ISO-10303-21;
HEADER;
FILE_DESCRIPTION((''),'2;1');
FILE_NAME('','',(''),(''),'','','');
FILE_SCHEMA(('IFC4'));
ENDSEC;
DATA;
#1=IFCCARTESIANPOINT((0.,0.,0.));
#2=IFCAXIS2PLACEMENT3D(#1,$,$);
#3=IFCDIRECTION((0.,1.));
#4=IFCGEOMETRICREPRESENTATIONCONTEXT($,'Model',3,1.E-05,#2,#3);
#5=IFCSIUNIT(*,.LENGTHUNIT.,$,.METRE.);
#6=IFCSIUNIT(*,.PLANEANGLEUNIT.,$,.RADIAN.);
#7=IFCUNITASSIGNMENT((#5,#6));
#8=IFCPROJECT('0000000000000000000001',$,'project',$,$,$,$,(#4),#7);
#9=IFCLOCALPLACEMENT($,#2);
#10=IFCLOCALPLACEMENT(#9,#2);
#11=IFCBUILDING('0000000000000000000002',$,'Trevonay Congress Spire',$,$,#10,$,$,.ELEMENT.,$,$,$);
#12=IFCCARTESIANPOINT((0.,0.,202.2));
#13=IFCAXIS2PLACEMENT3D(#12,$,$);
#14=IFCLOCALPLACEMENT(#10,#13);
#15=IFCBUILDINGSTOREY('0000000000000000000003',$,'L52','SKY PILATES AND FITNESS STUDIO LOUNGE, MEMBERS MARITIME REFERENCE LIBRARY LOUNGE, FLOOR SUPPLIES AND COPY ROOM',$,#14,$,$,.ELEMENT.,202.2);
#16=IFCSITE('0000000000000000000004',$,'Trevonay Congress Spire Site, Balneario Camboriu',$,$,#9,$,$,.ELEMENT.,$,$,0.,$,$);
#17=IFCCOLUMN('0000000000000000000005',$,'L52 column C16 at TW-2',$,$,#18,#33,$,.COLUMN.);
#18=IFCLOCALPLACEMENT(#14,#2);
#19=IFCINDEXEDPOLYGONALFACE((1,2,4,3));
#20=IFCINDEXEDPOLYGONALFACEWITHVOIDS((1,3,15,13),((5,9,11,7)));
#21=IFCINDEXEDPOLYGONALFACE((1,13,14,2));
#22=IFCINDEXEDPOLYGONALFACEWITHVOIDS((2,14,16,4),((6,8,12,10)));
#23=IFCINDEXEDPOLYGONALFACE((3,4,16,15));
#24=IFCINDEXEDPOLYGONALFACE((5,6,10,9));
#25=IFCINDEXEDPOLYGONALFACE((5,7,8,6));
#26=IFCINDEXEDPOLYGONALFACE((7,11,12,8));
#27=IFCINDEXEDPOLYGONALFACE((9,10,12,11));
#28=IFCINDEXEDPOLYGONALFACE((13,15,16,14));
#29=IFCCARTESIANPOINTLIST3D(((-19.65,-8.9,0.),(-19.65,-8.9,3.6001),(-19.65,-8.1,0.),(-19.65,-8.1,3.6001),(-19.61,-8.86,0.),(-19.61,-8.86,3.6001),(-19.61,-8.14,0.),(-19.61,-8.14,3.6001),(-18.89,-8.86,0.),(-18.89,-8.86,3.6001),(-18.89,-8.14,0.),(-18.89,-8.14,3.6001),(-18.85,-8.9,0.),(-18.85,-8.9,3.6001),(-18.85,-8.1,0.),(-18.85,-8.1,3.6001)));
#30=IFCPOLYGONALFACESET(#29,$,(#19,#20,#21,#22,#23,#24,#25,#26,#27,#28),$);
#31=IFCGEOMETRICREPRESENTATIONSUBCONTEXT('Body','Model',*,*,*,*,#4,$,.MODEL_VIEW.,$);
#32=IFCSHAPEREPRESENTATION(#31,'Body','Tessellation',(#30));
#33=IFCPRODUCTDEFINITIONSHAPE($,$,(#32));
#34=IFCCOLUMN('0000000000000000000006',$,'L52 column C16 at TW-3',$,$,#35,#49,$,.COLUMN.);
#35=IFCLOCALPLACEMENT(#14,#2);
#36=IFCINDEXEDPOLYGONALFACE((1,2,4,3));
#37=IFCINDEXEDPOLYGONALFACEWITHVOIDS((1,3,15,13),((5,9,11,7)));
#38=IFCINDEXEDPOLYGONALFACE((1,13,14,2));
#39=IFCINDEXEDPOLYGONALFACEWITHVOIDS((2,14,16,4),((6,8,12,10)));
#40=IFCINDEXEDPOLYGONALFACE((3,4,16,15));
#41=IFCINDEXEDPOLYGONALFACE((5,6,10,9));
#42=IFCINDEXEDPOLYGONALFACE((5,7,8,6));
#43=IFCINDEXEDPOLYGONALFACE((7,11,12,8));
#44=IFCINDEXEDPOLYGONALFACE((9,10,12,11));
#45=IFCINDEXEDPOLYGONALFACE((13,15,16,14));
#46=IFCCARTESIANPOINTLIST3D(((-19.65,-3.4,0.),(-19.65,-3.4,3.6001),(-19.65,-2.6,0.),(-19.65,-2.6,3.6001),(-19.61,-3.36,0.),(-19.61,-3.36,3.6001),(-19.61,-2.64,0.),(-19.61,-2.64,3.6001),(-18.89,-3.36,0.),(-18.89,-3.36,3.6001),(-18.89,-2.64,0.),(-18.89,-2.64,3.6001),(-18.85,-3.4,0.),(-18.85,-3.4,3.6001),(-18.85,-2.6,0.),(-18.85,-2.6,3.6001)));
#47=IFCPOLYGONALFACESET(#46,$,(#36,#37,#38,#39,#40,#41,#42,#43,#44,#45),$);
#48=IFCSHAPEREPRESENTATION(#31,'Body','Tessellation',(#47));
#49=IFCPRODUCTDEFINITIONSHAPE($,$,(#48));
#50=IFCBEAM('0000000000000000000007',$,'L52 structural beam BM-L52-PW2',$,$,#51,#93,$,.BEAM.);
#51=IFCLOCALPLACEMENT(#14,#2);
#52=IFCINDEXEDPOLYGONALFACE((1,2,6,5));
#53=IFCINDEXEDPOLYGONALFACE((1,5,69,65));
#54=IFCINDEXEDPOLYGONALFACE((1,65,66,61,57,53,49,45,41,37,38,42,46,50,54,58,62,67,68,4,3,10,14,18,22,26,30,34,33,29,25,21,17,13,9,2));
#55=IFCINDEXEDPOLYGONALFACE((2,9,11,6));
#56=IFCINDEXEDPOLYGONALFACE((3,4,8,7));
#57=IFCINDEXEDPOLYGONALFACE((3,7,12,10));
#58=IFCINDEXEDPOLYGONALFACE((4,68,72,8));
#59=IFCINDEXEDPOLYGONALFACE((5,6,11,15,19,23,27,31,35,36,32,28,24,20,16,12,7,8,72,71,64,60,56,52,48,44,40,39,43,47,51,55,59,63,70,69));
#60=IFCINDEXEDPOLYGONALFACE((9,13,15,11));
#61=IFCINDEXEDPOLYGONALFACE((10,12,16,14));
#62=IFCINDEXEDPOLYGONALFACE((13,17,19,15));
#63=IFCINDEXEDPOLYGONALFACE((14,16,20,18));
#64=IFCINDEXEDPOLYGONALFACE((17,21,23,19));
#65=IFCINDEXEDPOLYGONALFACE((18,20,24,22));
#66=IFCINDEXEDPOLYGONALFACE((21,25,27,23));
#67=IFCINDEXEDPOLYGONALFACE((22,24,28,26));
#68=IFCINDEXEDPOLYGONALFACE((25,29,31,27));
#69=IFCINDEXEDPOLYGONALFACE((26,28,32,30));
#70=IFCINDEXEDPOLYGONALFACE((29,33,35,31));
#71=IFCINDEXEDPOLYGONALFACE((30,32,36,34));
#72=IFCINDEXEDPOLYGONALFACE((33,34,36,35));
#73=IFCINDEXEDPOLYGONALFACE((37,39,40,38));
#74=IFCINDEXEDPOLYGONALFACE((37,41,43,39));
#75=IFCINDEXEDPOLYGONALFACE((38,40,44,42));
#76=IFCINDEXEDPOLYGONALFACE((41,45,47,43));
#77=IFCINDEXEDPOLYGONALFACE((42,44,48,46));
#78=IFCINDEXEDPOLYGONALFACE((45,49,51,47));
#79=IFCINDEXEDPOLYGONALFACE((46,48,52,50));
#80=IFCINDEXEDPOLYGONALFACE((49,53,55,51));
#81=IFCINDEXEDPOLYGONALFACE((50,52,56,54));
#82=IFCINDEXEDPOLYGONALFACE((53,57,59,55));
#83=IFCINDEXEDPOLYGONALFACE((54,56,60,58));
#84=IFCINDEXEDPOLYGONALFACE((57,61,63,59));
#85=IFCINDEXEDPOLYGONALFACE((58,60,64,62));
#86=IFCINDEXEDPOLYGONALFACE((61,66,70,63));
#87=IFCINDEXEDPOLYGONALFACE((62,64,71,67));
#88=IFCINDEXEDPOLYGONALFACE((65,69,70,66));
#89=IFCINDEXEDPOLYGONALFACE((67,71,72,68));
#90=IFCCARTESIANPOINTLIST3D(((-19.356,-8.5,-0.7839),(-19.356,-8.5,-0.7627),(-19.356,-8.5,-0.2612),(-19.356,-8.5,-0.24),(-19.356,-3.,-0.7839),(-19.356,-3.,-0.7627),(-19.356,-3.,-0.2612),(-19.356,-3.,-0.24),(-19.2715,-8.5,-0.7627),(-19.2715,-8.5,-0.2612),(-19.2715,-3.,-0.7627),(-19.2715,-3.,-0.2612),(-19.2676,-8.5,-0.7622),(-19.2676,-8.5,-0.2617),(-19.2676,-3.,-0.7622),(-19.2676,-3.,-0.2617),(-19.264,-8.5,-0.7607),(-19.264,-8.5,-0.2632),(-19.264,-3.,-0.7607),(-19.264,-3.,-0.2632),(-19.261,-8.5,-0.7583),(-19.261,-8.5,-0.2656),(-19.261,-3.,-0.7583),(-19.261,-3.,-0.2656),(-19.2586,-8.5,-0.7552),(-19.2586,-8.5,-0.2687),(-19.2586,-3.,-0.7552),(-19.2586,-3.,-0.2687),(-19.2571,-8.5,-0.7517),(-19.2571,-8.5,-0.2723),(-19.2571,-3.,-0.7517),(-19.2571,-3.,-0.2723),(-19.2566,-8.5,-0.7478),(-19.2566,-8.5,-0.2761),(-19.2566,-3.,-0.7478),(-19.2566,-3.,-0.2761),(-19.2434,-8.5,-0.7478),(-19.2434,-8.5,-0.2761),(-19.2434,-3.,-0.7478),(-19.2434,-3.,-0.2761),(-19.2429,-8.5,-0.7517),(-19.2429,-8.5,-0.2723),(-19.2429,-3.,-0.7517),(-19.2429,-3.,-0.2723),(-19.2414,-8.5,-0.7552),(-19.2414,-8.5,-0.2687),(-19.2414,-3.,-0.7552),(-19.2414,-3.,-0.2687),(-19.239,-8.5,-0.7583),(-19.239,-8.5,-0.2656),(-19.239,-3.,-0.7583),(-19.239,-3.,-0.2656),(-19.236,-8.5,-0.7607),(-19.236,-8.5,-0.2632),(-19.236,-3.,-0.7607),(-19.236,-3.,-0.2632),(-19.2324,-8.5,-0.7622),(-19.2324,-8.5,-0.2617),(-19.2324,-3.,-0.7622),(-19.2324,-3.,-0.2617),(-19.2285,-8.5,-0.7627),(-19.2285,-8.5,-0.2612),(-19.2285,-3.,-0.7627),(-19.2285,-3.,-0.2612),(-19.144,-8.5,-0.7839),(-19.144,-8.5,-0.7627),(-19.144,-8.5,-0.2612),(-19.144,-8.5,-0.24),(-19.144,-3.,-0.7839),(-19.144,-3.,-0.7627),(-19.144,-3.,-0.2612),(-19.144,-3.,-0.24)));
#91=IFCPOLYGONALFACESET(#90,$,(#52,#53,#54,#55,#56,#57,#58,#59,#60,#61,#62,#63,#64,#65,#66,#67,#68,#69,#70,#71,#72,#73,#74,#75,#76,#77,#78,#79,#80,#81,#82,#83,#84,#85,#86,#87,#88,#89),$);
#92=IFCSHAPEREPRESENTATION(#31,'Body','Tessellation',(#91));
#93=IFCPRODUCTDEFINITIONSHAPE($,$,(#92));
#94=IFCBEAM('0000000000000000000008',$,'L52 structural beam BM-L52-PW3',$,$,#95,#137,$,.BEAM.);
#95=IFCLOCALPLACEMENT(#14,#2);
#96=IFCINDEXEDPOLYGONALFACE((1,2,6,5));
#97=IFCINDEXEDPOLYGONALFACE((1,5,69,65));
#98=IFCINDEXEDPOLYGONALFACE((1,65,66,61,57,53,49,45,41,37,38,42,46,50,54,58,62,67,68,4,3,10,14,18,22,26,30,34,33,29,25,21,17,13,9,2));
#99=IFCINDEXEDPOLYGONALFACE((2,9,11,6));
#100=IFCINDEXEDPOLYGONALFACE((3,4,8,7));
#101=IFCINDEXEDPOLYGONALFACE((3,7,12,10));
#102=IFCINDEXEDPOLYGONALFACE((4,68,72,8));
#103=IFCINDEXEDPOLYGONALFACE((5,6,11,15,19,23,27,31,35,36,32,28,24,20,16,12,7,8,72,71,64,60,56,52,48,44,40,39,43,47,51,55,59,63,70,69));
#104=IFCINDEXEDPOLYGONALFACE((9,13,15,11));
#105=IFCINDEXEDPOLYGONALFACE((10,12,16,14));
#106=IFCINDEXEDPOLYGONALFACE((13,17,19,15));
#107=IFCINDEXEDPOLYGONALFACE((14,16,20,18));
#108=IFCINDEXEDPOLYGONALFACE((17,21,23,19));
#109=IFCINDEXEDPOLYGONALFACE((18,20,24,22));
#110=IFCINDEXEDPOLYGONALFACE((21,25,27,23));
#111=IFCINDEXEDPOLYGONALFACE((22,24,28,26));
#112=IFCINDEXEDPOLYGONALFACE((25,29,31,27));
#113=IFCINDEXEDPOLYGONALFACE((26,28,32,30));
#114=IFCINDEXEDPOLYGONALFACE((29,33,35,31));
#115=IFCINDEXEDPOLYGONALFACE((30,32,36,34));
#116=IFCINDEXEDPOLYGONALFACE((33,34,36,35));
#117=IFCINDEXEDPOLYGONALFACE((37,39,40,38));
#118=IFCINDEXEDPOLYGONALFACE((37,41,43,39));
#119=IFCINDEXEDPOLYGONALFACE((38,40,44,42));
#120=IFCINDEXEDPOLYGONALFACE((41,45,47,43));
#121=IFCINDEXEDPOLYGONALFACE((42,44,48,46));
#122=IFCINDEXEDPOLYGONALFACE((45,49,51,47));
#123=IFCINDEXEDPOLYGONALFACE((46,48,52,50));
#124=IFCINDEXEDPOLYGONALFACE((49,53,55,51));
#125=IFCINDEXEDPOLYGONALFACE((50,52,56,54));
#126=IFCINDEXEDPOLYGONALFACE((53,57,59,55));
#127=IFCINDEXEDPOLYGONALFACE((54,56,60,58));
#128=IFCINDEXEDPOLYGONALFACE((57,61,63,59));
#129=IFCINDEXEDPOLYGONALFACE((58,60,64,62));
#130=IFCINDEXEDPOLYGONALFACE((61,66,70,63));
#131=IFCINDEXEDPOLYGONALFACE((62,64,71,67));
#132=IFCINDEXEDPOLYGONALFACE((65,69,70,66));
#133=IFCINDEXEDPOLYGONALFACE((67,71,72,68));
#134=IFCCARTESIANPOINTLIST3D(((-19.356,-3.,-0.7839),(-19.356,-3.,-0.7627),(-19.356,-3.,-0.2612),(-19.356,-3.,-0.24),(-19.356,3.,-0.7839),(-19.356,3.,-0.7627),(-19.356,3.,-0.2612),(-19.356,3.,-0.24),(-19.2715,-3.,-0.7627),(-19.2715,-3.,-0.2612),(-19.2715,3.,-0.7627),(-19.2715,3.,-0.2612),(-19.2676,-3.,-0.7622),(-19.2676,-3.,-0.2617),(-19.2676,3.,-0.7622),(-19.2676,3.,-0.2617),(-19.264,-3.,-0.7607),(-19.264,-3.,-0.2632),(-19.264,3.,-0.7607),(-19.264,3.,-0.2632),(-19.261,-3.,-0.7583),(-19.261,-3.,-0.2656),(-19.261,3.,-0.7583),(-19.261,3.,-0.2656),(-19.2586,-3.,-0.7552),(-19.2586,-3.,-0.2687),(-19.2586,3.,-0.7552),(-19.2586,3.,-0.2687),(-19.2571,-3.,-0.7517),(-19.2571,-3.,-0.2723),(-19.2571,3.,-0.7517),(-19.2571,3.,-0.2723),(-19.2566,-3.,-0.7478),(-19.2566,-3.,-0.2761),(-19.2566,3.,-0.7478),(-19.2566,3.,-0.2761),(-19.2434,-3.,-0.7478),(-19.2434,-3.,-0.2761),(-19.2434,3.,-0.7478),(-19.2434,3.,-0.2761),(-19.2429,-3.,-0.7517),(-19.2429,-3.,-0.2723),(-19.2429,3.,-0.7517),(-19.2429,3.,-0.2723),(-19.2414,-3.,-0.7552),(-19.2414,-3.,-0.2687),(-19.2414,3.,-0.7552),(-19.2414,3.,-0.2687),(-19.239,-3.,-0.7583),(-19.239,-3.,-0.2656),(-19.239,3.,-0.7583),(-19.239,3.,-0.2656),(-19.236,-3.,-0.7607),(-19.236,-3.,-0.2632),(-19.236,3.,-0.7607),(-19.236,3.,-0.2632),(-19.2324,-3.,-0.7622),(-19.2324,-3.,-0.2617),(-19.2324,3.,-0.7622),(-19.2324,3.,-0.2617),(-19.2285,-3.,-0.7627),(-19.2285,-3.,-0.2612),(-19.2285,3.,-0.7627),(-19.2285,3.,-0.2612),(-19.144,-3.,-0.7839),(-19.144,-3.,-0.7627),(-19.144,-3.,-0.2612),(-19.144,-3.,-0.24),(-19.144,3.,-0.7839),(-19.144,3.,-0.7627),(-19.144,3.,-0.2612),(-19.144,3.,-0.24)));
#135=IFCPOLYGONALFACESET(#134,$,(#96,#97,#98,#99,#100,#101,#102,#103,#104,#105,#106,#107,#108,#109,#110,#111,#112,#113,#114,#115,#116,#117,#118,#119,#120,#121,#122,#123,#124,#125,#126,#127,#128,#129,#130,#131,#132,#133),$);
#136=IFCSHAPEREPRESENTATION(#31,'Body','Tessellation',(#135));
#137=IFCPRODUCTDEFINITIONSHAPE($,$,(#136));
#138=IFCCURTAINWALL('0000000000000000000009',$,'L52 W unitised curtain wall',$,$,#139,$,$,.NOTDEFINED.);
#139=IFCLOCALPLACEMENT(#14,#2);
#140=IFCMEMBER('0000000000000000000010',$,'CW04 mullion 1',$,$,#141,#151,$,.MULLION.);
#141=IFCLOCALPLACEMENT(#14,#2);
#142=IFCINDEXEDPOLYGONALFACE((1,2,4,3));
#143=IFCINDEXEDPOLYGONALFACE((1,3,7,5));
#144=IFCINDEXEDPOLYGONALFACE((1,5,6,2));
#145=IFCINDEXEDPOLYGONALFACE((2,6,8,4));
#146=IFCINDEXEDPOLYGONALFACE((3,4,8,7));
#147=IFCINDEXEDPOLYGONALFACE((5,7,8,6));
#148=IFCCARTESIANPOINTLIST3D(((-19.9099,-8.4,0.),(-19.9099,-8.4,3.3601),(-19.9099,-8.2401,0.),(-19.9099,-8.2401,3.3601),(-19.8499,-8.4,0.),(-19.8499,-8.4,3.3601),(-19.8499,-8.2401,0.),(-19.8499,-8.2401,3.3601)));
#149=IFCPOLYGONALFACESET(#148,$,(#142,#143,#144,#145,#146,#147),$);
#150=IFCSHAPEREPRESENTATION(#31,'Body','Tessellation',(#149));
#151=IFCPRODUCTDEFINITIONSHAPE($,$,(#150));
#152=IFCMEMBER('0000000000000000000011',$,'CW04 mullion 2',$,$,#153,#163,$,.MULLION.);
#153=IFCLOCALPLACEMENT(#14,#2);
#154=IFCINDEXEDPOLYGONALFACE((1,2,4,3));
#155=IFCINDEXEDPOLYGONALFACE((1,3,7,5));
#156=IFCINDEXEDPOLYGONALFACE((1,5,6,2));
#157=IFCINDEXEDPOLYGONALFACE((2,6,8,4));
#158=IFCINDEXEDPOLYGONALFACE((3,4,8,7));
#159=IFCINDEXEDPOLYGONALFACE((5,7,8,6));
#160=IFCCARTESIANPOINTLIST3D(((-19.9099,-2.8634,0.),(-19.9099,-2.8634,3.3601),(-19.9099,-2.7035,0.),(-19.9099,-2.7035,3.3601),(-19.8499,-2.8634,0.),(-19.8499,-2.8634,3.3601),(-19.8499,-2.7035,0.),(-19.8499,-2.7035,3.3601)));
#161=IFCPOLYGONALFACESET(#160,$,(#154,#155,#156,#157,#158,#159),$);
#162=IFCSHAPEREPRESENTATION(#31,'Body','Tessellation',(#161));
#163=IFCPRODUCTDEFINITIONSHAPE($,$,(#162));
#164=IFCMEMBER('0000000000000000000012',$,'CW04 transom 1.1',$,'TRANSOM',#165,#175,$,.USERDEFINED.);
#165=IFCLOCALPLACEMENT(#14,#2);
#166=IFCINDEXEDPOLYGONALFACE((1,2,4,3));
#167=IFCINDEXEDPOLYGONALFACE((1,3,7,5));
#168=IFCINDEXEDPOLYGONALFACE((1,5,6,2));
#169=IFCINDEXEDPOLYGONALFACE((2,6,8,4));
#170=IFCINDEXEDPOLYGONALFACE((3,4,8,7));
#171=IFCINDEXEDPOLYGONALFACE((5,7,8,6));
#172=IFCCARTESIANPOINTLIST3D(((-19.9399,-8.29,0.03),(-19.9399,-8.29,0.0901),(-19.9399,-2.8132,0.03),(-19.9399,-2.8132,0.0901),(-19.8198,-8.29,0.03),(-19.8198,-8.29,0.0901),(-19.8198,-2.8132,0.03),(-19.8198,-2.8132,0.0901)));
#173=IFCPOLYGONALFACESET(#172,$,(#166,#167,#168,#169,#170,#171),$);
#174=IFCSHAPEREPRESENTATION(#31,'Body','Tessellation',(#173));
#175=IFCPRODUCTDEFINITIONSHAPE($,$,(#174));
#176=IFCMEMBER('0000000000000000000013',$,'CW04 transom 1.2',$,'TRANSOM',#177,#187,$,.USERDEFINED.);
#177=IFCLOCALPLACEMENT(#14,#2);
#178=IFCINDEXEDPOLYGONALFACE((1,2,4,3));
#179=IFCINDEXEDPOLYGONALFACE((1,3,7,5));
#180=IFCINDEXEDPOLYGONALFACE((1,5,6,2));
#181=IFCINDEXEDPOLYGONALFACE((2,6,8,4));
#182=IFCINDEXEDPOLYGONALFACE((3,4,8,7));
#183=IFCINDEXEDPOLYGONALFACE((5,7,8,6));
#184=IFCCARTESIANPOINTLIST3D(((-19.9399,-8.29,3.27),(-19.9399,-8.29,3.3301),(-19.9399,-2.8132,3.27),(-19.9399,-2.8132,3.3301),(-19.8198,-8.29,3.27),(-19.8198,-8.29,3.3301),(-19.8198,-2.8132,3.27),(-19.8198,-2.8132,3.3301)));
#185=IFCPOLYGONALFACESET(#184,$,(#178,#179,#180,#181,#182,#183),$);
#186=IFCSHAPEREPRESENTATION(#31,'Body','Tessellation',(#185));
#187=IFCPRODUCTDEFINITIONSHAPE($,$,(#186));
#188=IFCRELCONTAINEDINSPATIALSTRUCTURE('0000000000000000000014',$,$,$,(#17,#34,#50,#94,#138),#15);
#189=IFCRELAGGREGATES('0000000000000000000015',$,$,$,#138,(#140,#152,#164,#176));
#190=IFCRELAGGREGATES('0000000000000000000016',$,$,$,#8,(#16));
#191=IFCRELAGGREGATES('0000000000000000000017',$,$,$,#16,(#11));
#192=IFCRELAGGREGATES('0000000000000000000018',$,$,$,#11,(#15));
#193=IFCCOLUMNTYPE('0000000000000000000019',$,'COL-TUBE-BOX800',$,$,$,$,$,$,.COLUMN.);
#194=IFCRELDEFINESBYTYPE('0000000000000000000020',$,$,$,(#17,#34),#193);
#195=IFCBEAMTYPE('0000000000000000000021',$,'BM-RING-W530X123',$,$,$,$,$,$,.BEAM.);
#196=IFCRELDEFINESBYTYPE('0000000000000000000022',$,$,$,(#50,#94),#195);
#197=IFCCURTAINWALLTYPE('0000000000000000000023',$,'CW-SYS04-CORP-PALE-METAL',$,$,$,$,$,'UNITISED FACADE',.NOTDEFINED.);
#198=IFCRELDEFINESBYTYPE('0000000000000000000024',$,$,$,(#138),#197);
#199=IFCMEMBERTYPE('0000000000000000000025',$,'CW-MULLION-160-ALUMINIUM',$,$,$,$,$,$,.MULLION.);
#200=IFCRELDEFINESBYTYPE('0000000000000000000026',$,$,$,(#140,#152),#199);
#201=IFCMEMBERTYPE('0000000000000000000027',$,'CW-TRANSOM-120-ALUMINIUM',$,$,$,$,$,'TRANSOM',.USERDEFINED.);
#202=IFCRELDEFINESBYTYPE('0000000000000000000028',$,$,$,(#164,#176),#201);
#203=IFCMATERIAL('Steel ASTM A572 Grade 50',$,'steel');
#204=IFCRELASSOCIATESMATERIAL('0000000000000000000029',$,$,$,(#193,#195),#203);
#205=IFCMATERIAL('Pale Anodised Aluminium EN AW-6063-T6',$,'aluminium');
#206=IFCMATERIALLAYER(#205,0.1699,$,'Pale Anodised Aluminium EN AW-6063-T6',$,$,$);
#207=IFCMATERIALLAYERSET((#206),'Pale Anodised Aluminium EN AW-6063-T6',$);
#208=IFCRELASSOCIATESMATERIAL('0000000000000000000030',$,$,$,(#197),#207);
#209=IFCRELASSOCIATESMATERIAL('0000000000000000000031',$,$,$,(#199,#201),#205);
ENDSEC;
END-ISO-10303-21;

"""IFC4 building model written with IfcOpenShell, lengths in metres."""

from ifc_helpers import new_model, si_unit, direction, frame, origin, origin_2d, place, context, subcontext, project, spatial, rectangle, hollow_rectangle, i_section, extrude, material, layer, layer_set, material_profile, profile_set, type_object, element, aggregate, save


model = new_model("IFC4")

# Units and contexts
model_context = context("Model", 3, precision=1e-05, world=origin(), true_north=direction((0.0, 1.0)))
body_context = subcontext(model_context, "Body", "Model", "MODEL_VIEW")
ifc_project = project(units=[si_unit("LENGTHUNIT", "METRE"), si_unit("PLANEANGLEUNIT", "RADIAN")], contexts=[model_context])

# Site, building, storey
site_placement = place(None, origin())
site = spatial("IfcSite", under=ifc_project, at=site_placement, Name="Trevonay Congress Spire Site, Balneario Camboriu", CompositionType="ELEMENT", RefElevation=0.0)
building_placement = place(site_placement, origin())
building = spatial("IfcBuilding", under=site, at=building_placement, Name="Trevonay Congress Spire", CompositionType="ELEMENT")
storey_placement = place(building_placement, frame((0.0, 0.0, 202.2)))
storey = spatial("IfcBuildingStorey", under=building, at=storey_placement, Name="L52", Description="SKY PILATES AND FITNESS STUDIO LOUNGE, MEMBERS MARITIME REFERENCE LIBRARY LOUNGE, FLOOR SUPPLIES AND COPY ROOM", CompositionType="ELEMENT", Elevation=202.2)

# Columns
ifc_material_1 = material(Name="Steel ASTM A572 Grade 50", Category="steel")
ifc_material_profile_1 = material_profile(ifc_material_1, hollow_rectangle(XDim=0.8, YDim=0.8, WallThickness=0.04, at=origin_2d()), Name="BOX 800x800x40")
ifc_profile_set_1 = profile_set([ifc_material_profile_1], Name="Steel ASTM A572 Grade 50")
column_type = type_object("IfcColumnType", Name="COL-TUBE-BOX800", PredefinedType="COLUMN", material=ifc_profile_set_1)
for number, where, z_axis, x_axis, name in (
    (1, (-19.25, -8.5, 0.0), (0.0, 0.0, 1.0), (1.0, 0.0, 0.0), "L52 column C16 at TW-2"),
    (2, (-19.25, -3.0, 0.0), (0.0, 0.0, 1.0), (1.0, 0.0, 0.0), "L52 column C16 at TW-3"),
):
    element("IfcColumn", number, at=place(storey_placement, frame(where, z_axis=z_axis, x_axis=x_axis)), inside=storey, type_object=column_type, Name=name, PredefinedType="COLUMN", context=body_context, shape_type="SweptSolid", body=[
        extrude(hollow_rectangle(XDim=0.8, YDim=0.8, WallThickness=0.04, at=origin_2d()), origin(), (0.0, 0.0, 1.0), 3.6001),
    ])

# Beams
ifc_material_profile_2 = material_profile(ifc_material_1, i_section(OverallWidth=0.2119, OverallDepth=0.5439, WebThickness=0.0132, FlangeThickness=0.0212, FilletRadius=0.0149, at=origin_2d()), Name="W530x123")
ifc_profile_set_2 = profile_set([ifc_material_profile_2], Name="Steel ASTM A572 Grade 50")
beam_type_1 = type_object("IfcBeamType", Name="BM-RING-W530X123", PredefinedType="BEAM", material=ifc_profile_set_2)
beam_1_placement = place(storey_placement, frame((-19.25, -8.5, -0.512), z_axis=(0.0, 1.0, 0.0), x_axis=(-1.0, 0.0, 0.0)))
element("IfcBeam", 3, at=beam_1_placement, inside=storey, type_object=beam_type_1, Name="L52 structural beam BM-L52-PW2", PredefinedType="BEAM", context=body_context, shape_type="SweptSolid", body=[
    extrude(i_section(OverallWidth=0.2119, OverallDepth=0.5439, WebThickness=0.0132, FlangeThickness=0.0212, FilletRadius=0.0149, at=origin_2d()), origin(), (0.0, 0.0, 1.0), 5.5),
])
beam_2_placement = place(storey_placement, frame((-19.25, -3.0, -0.512), z_axis=(0.0, 1.0, 0.0), x_axis=(-1.0, 0.0, 0.0)))
element("IfcBeam", 4, at=beam_2_placement, inside=storey, type_object=beam_type_1, Name="L52 structural beam BM-L52-PW3", PredefinedType="BEAM", context=body_context, shape_type="SweptSolid", body=[
    extrude(i_section(OverallWidth=0.2119, OverallDepth=0.5439, WebThickness=0.0132, FlangeThickness=0.0212, FilletRadius=0.0149, at=origin_2d()), origin(), (0.0, 0.0, 1.0), 6.0),
])

# Curtain wall, members
ifc_material_2 = material(Name="Pale Anodised Aluminium EN AW-6063-T6", Category="aluminium")
ifc_layer_1 = layer(ifc_material_2, 0.1699, Name="Pale Anodised Aluminium EN AW-6063-T6")
ifc_layer_set_1 = layer_set([ifc_layer_1], Name="Pale Anodised Aluminium EN AW-6063-T6")
curtain_wall_type = type_object("IfcCurtainWallType", Name="CW-SYS04-CORP-PALE-METAL", ElementType="UNITISED FACADE", PredefinedType="NOTDEFINED", material=ifc_layer_set_1)
curtain_wall_placement = place(storey_placement, origin())
curtain_wall = element("IfcCurtainWall", 5, at=curtain_wall_placement, inside=storey, type_object=curtain_wall_type, Name="L52 W unitised curtain wall", PredefinedType="NOTDEFINED")
ifc_material_profile_3 = material_profile(ifc_material_2, rectangle(XDim=0.0601, YDim=0.1599, at=origin_2d()), Name="CW-MULLION-160-ALUMINIUM")
ifc_profile_set_3 = profile_set([ifc_material_profile_3], Name="Pale Anodised Aluminium EN AW-6063-T6")
member_type_1 = type_object("IfcMemberType", Name="CW-MULLION-160-ALUMINIUM", PredefinedType="MULLION", material=ifc_profile_set_3)
member_1_placement = place(storey_placement, frame((-19.8799, -8.3201, 0.0), z_axis=(0.0, 0.0, 1.0), x_axis=(-1.0, 0.0, 0.0)))
member_1 = element("IfcMember", 6, at=member_1_placement, type_object=member_type_1, Name="CW04 mullion 1", PredefinedType="MULLION", context=body_context, shape_type="SweptSolid", body=[
    extrude(rectangle(XDim=0.0601, YDim=0.1599, at=origin_2d()), origin(), (0.0, 0.0, 1.0), 3.3601),
])
member_2_placement = place(storey_placement, frame((-19.8799, -2.7834, 0.0), z_axis=(0.0, 0.0, 1.0), x_axis=(-1.0, 0.0, 0.0)))
member_2 = element("IfcMember", 7, at=member_2_placement, type_object=member_type_1, Name="CW04 mullion 2", PredefinedType="MULLION", context=body_context, shape_type="SweptSolid", body=[
    extrude(rectangle(XDim=0.0601, YDim=0.1599, at=origin_2d()), origin(), (0.0, 0.0, 1.0), 3.3601),
])
ifc_material_profile_4 = material_profile(ifc_material_2, rectangle(XDim=0.1201, YDim=0.0601, at=origin_2d()), Name="CW-TRANSOM-120-ALUMINIUM")
ifc_profile_set_4 = profile_set([ifc_material_profile_4], Name="Pale Anodised Aluminium EN AW-6063-T6")
member_type_2 = type_object("IfcMemberType", Name="CW-TRANSOM-120-ALUMINIUM", ElementType="TRANSOM", PredefinedType="USERDEFINED", material=ifc_profile_set_4)
member_3_placement = place(storey_placement, frame((-19.8799, -8.29, 0.0601), z_axis=(0.0, 1.0, 0.0), x_axis=(-1.0, 0.0, 0.0)))
member_3 = element("IfcMember", 8, at=member_3_placement, type_object=member_type_2, Name="CW04 transom 1.1", ObjectType="TRANSOM", PredefinedType="USERDEFINED", context=body_context, shape_type="SweptSolid", body=[
    extrude(rectangle(XDim=0.1201, YDim=0.0601, at=origin_2d()), origin(), (0.0, 0.0, 1.0), 5.4768),
])
member_4_placement = place(storey_placement, frame((-19.8799, -8.29, 3.3), z_axis=(0.0, 1.0, 0.0), x_axis=(-1.0, 0.0, 0.0)))
member_4 = element("IfcMember", 9, at=member_4_placement, type_object=member_type_2, Name="CW04 transom 1.2", ObjectType="TRANSOM", PredefinedType="USERDEFINED", context=body_context, shape_type="SweptSolid", body=[
    extrude(rectangle(XDim=0.1201, YDim=0.0601, at=origin_2d()), origin(), (0.0, 0.0, 1.0), 5.4768),
])

aggregate(curtain_wall, [member_1, member_2, member_3, member_4])

save(model, "model.ifc")
